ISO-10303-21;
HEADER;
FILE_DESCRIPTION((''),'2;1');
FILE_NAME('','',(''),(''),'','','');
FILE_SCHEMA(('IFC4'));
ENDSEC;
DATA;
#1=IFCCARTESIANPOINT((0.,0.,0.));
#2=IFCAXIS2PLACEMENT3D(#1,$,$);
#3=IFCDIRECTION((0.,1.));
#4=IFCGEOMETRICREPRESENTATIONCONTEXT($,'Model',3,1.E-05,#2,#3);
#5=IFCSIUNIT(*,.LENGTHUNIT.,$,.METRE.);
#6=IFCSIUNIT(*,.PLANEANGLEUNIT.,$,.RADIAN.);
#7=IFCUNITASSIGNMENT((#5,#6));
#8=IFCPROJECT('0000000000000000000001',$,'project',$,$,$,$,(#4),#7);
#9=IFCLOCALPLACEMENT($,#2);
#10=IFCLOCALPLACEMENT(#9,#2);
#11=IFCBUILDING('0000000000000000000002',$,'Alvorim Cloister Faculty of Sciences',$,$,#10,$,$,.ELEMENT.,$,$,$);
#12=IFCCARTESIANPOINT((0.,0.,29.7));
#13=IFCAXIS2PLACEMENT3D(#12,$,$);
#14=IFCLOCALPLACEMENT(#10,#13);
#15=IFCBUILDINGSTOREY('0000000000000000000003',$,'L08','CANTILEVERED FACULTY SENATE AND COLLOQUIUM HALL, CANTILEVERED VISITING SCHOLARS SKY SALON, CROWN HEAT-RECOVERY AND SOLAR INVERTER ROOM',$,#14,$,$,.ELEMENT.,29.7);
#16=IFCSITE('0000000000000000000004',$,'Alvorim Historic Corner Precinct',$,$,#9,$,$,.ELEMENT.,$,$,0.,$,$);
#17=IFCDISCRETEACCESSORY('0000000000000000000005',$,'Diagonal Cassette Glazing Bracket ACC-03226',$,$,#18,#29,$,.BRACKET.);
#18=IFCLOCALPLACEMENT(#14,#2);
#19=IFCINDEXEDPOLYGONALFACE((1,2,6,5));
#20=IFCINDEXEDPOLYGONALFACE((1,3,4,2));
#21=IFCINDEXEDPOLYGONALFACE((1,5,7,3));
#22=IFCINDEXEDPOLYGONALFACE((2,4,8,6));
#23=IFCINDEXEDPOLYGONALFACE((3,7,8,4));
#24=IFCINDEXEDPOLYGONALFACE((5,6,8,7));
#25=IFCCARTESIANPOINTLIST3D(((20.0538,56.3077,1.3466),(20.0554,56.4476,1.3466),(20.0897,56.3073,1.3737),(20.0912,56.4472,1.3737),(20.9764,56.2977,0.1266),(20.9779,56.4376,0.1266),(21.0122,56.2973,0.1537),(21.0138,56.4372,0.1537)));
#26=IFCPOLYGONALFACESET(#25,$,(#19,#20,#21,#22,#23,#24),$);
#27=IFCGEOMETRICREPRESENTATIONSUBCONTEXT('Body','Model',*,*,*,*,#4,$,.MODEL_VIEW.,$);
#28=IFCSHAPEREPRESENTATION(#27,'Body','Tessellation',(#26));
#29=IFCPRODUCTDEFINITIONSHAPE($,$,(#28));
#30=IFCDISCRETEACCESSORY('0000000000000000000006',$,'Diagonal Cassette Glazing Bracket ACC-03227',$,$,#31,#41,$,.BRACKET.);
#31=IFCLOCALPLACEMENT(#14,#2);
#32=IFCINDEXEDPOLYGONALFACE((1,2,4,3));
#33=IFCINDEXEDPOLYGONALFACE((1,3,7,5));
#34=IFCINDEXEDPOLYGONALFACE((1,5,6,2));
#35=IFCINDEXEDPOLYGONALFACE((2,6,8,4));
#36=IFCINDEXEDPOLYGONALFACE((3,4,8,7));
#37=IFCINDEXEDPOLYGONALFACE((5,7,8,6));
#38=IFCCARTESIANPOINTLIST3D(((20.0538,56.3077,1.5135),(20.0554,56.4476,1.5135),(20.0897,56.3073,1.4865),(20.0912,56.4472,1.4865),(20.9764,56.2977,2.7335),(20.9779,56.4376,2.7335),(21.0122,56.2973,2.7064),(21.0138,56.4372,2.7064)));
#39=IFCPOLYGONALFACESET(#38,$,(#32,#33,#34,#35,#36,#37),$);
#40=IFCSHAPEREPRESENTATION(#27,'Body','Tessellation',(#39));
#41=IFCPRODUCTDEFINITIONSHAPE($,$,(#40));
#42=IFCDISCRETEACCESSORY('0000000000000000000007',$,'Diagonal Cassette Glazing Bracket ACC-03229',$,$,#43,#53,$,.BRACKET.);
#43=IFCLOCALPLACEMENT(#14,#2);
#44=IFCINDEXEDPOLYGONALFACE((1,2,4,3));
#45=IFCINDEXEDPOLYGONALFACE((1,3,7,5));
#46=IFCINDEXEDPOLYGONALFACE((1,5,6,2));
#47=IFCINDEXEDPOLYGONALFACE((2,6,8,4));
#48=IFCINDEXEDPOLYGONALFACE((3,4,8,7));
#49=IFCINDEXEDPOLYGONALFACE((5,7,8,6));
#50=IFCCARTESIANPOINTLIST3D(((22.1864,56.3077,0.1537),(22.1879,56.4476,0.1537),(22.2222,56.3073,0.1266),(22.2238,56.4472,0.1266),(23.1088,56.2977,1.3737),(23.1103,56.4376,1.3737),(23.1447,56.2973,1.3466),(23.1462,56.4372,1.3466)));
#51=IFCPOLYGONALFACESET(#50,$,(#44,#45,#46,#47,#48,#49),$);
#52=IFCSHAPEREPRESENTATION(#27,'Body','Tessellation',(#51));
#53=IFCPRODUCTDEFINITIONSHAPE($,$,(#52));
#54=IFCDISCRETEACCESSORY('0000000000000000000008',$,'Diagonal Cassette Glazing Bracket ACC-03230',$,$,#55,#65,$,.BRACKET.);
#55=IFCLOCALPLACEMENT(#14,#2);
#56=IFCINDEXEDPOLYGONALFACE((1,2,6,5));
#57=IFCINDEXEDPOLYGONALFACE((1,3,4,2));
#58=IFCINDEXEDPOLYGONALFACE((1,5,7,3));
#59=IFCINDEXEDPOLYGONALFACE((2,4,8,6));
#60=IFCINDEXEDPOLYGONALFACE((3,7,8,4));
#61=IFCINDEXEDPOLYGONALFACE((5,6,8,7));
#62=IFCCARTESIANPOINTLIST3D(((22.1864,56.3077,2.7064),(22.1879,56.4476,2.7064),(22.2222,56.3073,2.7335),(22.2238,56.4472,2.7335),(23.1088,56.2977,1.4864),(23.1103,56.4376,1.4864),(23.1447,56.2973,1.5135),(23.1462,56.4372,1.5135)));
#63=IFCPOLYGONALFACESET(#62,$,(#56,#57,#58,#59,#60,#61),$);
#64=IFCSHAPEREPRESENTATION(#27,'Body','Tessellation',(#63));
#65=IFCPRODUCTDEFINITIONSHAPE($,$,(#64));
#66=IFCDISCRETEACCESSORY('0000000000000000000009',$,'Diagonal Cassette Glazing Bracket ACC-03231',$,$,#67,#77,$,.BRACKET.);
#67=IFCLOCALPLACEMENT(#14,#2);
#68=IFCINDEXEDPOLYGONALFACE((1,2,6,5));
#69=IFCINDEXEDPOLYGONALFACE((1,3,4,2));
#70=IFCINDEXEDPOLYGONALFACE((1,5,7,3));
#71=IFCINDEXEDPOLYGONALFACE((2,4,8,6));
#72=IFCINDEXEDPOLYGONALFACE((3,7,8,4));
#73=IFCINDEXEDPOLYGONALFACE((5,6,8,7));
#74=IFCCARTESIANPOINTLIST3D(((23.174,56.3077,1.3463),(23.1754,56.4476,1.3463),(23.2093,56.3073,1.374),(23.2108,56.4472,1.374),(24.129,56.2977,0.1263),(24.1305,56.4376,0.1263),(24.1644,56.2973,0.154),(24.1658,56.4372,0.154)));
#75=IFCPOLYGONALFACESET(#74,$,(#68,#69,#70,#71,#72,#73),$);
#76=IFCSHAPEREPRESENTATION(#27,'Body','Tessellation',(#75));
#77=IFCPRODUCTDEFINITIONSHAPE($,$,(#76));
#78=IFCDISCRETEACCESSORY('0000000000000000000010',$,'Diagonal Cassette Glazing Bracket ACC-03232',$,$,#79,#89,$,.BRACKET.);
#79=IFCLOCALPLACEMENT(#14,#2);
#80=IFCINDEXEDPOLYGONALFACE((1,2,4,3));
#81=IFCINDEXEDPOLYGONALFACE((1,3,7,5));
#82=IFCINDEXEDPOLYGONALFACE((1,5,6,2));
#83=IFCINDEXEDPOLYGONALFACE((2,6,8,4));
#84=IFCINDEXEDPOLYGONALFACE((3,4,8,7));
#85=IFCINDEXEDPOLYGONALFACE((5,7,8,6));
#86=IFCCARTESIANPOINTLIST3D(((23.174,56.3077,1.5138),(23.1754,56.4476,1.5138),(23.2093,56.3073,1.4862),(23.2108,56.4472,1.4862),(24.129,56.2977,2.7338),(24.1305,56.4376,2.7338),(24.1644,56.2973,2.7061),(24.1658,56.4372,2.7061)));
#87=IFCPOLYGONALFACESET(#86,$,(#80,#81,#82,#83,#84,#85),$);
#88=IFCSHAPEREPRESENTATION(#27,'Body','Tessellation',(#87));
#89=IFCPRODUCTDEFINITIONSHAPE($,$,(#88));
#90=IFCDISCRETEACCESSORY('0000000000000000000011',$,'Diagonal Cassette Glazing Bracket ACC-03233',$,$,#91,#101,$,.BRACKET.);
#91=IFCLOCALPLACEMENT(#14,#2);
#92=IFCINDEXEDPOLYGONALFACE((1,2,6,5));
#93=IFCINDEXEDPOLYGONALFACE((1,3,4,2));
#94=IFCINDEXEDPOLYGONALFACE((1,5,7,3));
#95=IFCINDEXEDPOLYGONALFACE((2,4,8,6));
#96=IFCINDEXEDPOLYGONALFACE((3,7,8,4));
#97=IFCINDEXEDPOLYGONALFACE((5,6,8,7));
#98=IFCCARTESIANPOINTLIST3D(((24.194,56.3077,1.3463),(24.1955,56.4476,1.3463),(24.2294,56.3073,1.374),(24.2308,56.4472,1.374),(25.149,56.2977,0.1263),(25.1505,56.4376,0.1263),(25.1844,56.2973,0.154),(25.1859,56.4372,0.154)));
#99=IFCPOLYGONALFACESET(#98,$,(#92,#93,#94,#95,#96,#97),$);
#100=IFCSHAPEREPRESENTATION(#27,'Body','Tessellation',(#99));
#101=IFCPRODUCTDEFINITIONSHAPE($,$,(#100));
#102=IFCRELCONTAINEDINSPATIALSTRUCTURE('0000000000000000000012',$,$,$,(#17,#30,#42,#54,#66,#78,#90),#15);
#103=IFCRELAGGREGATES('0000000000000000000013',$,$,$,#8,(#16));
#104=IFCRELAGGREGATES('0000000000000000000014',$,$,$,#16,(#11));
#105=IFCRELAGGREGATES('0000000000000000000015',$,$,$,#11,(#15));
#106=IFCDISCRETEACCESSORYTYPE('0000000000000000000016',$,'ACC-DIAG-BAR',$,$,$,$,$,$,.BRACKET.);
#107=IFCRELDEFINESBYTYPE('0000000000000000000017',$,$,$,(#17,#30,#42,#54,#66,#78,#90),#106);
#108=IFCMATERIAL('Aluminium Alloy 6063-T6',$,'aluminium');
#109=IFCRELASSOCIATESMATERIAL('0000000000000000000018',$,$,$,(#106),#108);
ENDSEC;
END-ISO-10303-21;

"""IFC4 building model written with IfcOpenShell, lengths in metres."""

from ifc_helpers import new_model, si_unit, direction, frame, origin, origin_2d, place, context, subcontext, project, spatial, rectangle, extrude, material, type_object, element, save


model = new_model("IFC4")

# Units and contexts
model_context = context("Model", 3, precision=1e-05, world=origin(), true_north=direction((0.0, 1.0)))
body_context = subcontext(model_context, "Body", "Model", "MODEL_VIEW")
ifc_project = project(units=[si_unit("LENGTHUNIT", "METRE"), si_unit("PLANEANGLEUNIT", "RADIAN")], contexts=[model_context])

# Site, building, storey
site_placement = place(None, origin())
site = spatial("IfcSite", under=ifc_project, at=site_placement, Name="Alvorim Historic Corner Precinct", CompositionType="ELEMENT", RefElevation=0.0)
building_placement = place(site_placement, origin())
building = spatial("IfcBuilding", under=site, at=building_placement, Name="Alvorim Cloister Faculty of Sciences", CompositionType="ELEMENT")
storey_placement = place(building_placement, frame((0.0, 0.0, 29.7)))
storey = spatial("IfcBuildingStorey", under=building, at=storey_placement, Name="L08", Description="CANTILEVERED FACULTY SENATE AND COLLOQUIUM HALL, CANTILEVERED VISITING SCHOLARS SKY SALON, CROWN HEAT-RECOVERY AND SOLAR INVERTER ROOM", CompositionType="ELEMENT", Elevation=29.7)

# Shared definitions
ifc_material_1 = material(Name="Aluminium Alloy 6063-T6", Category="aluminium")

# Discrete accessories
discrete_accessory_type = type_object("IfcDiscreteAccessoryType", Name="ACC-DIAG-BAR", PredefinedType="BRACKET", material=ifc_material_1)
for number, where, z_axis, x_axis, name in (
    (1, (20.0725, 56.3774, 1.3601), (0.603175, -0.006544, -0.797582), (0.010849, 0.999941, 0.0), "Diagonal Cassette Glazing Bracket ACC-03226"),
    (2, (20.0725, 56.3774, 1.5), (0.603175, -0.006544, 0.797582), (0.010849, 0.999941, 0.0), "Diagonal Cassette Glazing Bracket ACC-03227"),
    (3, (22.2051, 56.3774, 0.1401), (0.603073, -0.006545, 0.797659), (0.010852, 0.999941, 0.0), "Diagonal Cassette Glazing Bracket ACC-03229"),
    (4, (22.2051, 56.3774, 2.72), (0.603073, -0.006545, -0.797659), (0.010852, 0.999941, 0.0), "Diagonal Cassette Glazing Bracket ACC-03230"),
):
    element("IfcDiscreteAccessory", number, at=place(storey_placement, frame(where, z_axis=z_axis, x_axis=x_axis)), inside=storey, type_object=discrete_accessory_type, Name=name, PredefinedType="BRACKET", context=body_context, shape_type="SweptSolid", body=[
        extrude(rectangle(XDim=0.1399, YDim=0.0449, at=origin_2d()), origin(), (0.0, 0.0, 1.0), 1.5295),
    ])
for number, where, z_axis, x_axis, name in (
    (5, (23.1924, 56.3774, 1.3601), (0.616423, -0.00646, -0.787389), (0.01048, 0.999945, 0.0), "Diagonal Cassette Glazing Bracket ACC-03231"),
    (6, (23.1924, 56.3774, 1.5), (0.616423, -0.00646, 0.787389), (0.01048, 0.999945, 0.0), "Diagonal Cassette Glazing Bracket ACC-03232"),
    (7, (24.2124, 56.3774, 1.3601), (0.616423, -0.00646, -0.787389), (0.01048, 0.999945, 0.0), "Diagonal Cassette Glazing Bracket ACC-03233"),
):
    element("IfcDiscreteAccessory", number, at=place(storey_placement, frame(where, z_axis=z_axis, x_axis=x_axis)), inside=storey, type_object=discrete_accessory_type, Name=name, PredefinedType="BRACKET", context=body_context, shape_type="SweptSolid", body=[
        extrude(rectangle(XDim=0.1399, YDim=0.0449, at=origin_2d()), origin(), (0.0, 0.0, 1.0), 1.5493),
    ])

save(model, "model.ifc")
